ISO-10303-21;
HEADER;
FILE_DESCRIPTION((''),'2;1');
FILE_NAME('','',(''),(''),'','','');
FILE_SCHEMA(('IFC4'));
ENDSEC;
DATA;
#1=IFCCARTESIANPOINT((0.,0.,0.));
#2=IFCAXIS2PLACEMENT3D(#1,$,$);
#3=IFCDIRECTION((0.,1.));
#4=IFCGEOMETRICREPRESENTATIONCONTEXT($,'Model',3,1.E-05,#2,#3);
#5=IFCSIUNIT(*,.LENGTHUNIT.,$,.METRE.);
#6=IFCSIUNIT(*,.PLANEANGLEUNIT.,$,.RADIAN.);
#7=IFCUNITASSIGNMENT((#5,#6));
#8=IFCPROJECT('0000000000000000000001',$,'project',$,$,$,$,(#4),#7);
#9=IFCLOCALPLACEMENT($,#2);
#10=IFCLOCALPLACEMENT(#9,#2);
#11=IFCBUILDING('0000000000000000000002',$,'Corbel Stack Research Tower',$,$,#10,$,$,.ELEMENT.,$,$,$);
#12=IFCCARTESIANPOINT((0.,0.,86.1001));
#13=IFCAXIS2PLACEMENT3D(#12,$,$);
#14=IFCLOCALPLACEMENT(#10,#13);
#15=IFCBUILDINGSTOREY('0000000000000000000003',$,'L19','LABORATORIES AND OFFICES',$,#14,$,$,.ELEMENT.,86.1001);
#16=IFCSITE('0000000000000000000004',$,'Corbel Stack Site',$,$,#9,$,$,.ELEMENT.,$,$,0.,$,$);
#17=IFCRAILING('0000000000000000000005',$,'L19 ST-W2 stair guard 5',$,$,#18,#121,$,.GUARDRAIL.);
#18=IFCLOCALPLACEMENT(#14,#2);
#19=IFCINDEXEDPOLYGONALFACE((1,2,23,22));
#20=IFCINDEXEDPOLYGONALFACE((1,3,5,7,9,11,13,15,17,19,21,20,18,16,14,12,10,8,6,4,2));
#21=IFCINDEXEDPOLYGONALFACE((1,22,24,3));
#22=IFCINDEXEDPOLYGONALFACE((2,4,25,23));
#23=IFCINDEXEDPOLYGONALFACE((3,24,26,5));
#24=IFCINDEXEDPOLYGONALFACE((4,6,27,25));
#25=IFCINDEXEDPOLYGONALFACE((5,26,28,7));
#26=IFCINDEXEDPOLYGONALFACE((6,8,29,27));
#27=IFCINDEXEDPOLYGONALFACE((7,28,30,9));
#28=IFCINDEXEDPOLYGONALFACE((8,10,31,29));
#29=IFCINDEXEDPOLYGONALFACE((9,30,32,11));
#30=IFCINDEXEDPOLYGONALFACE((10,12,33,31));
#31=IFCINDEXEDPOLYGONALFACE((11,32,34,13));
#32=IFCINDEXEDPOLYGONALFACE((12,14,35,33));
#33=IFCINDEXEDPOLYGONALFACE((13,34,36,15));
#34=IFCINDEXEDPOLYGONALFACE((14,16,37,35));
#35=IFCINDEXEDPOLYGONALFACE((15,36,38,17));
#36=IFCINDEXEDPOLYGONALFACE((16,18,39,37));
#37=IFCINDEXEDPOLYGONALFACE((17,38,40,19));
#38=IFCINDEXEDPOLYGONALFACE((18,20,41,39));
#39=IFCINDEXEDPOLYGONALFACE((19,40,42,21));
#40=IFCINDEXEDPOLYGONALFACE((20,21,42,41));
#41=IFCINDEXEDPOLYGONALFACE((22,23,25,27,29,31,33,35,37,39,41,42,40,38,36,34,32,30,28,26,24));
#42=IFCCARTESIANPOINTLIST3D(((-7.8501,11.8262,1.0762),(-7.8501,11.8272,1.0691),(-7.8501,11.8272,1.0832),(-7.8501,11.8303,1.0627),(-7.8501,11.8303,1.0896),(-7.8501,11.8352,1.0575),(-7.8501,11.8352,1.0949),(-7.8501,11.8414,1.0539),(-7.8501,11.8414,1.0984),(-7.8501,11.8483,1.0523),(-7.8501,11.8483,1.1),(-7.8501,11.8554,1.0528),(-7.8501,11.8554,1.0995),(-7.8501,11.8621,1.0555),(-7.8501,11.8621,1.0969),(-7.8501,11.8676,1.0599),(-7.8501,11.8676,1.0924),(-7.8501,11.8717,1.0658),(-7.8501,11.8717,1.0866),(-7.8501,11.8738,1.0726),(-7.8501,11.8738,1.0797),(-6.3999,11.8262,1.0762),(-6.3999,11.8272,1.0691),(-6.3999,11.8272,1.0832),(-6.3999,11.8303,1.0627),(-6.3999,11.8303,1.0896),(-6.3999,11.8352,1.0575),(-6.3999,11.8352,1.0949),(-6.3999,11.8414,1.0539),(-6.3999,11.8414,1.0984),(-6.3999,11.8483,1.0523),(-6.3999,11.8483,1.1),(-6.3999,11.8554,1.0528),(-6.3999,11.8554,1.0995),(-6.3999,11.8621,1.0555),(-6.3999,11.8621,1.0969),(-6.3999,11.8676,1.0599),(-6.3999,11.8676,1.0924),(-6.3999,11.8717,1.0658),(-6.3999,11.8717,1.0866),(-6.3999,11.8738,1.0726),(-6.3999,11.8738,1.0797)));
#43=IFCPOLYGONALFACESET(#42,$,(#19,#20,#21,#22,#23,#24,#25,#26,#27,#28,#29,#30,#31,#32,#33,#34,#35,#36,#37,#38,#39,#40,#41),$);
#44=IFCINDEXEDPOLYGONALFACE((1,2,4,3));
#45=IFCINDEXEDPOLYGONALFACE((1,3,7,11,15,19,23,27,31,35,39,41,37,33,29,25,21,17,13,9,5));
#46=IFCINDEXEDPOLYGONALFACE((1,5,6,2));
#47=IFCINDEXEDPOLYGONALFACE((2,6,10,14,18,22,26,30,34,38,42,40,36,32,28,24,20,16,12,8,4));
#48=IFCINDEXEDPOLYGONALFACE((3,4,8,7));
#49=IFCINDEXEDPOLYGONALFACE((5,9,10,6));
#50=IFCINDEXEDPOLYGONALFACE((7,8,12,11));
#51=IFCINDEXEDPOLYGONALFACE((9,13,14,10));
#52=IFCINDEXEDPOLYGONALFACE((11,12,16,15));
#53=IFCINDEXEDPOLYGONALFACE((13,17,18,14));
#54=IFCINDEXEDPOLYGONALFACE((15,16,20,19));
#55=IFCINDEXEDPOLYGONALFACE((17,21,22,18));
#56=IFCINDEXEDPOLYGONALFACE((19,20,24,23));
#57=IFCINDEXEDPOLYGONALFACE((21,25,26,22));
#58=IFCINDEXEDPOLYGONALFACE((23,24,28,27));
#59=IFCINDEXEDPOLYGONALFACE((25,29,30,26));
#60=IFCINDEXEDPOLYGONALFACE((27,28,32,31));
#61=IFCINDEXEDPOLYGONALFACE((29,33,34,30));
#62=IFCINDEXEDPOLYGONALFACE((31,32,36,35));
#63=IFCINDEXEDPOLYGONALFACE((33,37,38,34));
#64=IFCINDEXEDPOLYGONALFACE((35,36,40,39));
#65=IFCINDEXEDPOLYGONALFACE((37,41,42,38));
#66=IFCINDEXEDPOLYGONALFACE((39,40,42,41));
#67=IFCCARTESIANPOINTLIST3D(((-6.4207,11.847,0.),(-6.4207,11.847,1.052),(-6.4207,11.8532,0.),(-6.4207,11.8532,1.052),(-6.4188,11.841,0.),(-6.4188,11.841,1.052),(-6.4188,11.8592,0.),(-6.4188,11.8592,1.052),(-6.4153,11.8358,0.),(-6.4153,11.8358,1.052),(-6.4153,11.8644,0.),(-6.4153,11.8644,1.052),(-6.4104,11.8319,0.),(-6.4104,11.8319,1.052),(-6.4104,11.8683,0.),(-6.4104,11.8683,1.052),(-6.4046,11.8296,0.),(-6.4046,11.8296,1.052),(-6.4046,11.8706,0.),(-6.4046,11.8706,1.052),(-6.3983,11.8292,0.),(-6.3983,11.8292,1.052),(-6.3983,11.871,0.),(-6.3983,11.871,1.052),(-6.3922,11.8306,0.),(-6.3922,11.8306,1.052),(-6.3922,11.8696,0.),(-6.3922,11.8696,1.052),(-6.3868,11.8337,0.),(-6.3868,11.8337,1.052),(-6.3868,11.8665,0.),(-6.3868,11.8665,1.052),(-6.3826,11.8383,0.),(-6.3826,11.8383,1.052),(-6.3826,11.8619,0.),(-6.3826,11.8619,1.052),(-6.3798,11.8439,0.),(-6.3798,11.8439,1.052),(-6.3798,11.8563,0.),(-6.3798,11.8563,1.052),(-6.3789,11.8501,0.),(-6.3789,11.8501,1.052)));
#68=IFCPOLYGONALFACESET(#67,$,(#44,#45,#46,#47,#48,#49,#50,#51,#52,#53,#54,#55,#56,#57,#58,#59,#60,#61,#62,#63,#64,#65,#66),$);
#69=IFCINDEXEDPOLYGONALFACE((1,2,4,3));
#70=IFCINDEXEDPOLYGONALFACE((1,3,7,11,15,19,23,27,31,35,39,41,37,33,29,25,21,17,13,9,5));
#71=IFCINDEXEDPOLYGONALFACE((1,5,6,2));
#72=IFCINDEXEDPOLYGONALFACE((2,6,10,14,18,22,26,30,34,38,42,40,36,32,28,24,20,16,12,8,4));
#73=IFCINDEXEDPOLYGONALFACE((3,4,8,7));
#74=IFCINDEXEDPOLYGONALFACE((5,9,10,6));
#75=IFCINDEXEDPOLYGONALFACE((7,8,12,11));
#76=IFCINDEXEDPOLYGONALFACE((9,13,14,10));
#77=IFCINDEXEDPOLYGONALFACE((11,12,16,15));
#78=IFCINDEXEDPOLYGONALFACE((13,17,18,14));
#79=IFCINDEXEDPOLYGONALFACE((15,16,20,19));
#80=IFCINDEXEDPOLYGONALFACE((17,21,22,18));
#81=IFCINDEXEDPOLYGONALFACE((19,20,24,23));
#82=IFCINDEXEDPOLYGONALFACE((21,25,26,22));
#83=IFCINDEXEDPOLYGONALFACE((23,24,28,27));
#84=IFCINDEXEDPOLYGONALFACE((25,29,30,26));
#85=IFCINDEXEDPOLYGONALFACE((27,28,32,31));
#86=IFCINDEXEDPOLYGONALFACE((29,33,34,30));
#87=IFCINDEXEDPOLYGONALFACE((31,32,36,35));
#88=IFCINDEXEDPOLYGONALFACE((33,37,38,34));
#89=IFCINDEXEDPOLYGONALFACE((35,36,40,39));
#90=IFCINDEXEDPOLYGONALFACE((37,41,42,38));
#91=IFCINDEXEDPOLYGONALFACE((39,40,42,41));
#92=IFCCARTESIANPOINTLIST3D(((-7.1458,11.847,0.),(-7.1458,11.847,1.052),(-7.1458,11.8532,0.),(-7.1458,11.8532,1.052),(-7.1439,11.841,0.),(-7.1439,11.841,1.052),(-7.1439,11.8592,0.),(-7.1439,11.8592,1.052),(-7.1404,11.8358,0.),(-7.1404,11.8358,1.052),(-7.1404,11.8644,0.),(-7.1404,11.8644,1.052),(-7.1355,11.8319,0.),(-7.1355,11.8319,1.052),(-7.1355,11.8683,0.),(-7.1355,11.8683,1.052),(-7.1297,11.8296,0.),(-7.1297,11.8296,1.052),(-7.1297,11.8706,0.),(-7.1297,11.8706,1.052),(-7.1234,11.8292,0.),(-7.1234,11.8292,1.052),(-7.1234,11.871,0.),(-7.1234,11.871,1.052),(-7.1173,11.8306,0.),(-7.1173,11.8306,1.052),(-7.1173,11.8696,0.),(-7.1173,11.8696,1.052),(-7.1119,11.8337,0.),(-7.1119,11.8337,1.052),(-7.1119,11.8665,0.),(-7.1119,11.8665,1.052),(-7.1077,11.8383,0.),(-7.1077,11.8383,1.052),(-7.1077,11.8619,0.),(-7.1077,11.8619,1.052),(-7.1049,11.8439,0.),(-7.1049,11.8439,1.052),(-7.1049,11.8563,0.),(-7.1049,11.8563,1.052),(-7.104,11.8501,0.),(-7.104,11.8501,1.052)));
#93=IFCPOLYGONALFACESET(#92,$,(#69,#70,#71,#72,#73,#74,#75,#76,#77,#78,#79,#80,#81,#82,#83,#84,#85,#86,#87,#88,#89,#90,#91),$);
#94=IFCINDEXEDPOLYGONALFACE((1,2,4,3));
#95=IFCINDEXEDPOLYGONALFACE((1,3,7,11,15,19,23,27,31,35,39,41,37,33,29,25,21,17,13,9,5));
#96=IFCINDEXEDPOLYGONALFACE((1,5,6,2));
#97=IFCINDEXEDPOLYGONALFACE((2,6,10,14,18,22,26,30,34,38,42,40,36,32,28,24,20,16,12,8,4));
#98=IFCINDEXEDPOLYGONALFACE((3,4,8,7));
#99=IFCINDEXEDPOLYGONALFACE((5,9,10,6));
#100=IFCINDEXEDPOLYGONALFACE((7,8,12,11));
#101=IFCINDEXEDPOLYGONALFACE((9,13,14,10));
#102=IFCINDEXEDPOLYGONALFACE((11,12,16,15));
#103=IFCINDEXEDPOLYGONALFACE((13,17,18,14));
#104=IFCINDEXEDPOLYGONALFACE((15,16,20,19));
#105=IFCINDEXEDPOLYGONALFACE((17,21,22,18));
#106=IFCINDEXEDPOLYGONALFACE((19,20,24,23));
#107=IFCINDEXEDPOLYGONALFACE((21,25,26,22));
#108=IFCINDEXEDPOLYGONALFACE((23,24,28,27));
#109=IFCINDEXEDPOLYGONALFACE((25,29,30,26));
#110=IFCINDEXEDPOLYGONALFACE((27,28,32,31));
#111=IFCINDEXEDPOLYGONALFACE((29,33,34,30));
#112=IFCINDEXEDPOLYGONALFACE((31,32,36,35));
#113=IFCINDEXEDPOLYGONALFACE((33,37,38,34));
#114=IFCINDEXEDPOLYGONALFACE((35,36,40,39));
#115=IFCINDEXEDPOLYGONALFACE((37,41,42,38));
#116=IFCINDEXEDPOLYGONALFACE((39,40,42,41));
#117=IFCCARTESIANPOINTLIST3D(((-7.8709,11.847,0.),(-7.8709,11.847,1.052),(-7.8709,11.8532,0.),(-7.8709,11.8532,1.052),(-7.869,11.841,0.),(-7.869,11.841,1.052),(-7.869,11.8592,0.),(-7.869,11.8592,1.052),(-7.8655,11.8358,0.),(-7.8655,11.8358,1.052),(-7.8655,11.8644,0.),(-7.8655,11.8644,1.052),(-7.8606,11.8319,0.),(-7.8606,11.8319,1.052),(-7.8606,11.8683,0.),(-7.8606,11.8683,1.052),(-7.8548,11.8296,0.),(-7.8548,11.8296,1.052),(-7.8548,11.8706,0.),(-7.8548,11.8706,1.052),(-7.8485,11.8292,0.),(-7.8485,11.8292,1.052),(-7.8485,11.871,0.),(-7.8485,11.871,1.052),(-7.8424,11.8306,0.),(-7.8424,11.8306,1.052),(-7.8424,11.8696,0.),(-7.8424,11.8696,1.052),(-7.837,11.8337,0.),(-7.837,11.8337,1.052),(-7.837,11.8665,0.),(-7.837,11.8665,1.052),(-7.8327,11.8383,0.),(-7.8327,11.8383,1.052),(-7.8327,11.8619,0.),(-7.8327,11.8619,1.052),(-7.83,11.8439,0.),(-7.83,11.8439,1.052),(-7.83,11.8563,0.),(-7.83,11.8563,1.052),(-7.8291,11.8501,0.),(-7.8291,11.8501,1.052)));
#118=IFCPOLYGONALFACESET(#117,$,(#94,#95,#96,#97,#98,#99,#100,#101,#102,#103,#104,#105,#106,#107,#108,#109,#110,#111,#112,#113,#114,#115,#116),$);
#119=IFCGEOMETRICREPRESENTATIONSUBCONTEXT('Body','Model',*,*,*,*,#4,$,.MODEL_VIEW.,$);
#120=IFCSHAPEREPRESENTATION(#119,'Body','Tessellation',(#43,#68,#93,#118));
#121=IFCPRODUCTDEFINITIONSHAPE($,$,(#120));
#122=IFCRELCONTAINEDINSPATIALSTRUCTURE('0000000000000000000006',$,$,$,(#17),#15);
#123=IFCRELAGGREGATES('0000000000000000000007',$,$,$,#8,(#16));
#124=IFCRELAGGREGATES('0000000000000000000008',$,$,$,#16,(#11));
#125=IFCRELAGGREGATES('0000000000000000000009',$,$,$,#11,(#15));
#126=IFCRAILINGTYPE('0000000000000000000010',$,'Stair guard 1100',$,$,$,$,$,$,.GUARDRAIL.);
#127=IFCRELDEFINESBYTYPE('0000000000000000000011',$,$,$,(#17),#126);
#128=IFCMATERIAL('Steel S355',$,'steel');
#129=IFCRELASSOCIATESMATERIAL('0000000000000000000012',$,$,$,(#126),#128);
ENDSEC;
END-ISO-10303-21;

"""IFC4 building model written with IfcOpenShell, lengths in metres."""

from ifc_helpers import new_model, si_unit, direction, frame, origin, origin_2d, place, context, subcontext, project, spatial, circle, extrude, material, type_object, element, save


model = new_model("IFC4")

# Units and contexts
model_context = context("Model", 3, precision=1e-05, world=origin(), true_north=direction((0.0, 1.0)))
body_context = subcontext(model_context, "Body", "Model", "MODEL_VIEW")
ifc_project = project(units=[si_unit("LENGTHUNIT", "METRE"), si_unit("PLANEANGLEUNIT", "RADIAN")], contexts=[model_context])

# Site, building, storey
site_placement = place(None, origin())
site = spatial("IfcSite", under=ifc_project, at=site_placement, Name="Corbel Stack Site", CompositionType="ELEMENT", RefElevation=0.0)
building_placement = place(site_placement, origin())
building = spatial("IfcBuilding", under=site, at=building_placement, Name="Corbel Stack Research Tower", CompositionType="ELEMENT")
storey_placement = place(building_placement, frame((0.0, 0.0, 86.1001)))
storey = spatial("IfcBuildingStorey", under=building, at=storey_placement, Name="L19", Description="LABORATORIES AND OFFICES", CompositionType="ELEMENT", Elevation=86.1001)

# Railing
ifc_material_1 = material(Name="Steel S355", Category="steel")
railing_type_1 = type_object("IfcRailingType", Name="Stair guard 1100", PredefinedType="GUARDRAIL", material=ifc_material_1)
railing_1_placement = place(storey_placement, frame((-6.3999, 11.8501, 0.0)))
element("IfcRailing", 1, at=railing_1_placement, inside=storey, type_object=railing_type_1, Name="L19 ST-W2 stair guard 5", PredefinedType="GUARDRAIL", context=body_context, shape_type="SweptSolid", body=[
    extrude(circle(Radius=0.0239, at=origin_2d()), frame((0.0, 0.0, 1.0762), z_axis=(-1.0, 0.0, 0.0), x_axis=(0.0, -1.0, 0.0)), (0.0, 0.0, 1.0), 1.4502),
    extrude(circle(Radius=0.021, at=origin_2d()), origin(), (0.0, 0.0, 1.0), 1.052),
    extrude(circle(Radius=0.021, at=origin_2d()), frame((-0.7251, 0.0, 0.0)), (0.0, 0.0, 1.0), 1.052),
    extrude(circle(Radius=0.021, at=origin_2d()), frame((-1.4502, 0.0, 0.0)), (0.0, 0.0, 1.0), 1.052),
])

save(model, "model.ifc")
